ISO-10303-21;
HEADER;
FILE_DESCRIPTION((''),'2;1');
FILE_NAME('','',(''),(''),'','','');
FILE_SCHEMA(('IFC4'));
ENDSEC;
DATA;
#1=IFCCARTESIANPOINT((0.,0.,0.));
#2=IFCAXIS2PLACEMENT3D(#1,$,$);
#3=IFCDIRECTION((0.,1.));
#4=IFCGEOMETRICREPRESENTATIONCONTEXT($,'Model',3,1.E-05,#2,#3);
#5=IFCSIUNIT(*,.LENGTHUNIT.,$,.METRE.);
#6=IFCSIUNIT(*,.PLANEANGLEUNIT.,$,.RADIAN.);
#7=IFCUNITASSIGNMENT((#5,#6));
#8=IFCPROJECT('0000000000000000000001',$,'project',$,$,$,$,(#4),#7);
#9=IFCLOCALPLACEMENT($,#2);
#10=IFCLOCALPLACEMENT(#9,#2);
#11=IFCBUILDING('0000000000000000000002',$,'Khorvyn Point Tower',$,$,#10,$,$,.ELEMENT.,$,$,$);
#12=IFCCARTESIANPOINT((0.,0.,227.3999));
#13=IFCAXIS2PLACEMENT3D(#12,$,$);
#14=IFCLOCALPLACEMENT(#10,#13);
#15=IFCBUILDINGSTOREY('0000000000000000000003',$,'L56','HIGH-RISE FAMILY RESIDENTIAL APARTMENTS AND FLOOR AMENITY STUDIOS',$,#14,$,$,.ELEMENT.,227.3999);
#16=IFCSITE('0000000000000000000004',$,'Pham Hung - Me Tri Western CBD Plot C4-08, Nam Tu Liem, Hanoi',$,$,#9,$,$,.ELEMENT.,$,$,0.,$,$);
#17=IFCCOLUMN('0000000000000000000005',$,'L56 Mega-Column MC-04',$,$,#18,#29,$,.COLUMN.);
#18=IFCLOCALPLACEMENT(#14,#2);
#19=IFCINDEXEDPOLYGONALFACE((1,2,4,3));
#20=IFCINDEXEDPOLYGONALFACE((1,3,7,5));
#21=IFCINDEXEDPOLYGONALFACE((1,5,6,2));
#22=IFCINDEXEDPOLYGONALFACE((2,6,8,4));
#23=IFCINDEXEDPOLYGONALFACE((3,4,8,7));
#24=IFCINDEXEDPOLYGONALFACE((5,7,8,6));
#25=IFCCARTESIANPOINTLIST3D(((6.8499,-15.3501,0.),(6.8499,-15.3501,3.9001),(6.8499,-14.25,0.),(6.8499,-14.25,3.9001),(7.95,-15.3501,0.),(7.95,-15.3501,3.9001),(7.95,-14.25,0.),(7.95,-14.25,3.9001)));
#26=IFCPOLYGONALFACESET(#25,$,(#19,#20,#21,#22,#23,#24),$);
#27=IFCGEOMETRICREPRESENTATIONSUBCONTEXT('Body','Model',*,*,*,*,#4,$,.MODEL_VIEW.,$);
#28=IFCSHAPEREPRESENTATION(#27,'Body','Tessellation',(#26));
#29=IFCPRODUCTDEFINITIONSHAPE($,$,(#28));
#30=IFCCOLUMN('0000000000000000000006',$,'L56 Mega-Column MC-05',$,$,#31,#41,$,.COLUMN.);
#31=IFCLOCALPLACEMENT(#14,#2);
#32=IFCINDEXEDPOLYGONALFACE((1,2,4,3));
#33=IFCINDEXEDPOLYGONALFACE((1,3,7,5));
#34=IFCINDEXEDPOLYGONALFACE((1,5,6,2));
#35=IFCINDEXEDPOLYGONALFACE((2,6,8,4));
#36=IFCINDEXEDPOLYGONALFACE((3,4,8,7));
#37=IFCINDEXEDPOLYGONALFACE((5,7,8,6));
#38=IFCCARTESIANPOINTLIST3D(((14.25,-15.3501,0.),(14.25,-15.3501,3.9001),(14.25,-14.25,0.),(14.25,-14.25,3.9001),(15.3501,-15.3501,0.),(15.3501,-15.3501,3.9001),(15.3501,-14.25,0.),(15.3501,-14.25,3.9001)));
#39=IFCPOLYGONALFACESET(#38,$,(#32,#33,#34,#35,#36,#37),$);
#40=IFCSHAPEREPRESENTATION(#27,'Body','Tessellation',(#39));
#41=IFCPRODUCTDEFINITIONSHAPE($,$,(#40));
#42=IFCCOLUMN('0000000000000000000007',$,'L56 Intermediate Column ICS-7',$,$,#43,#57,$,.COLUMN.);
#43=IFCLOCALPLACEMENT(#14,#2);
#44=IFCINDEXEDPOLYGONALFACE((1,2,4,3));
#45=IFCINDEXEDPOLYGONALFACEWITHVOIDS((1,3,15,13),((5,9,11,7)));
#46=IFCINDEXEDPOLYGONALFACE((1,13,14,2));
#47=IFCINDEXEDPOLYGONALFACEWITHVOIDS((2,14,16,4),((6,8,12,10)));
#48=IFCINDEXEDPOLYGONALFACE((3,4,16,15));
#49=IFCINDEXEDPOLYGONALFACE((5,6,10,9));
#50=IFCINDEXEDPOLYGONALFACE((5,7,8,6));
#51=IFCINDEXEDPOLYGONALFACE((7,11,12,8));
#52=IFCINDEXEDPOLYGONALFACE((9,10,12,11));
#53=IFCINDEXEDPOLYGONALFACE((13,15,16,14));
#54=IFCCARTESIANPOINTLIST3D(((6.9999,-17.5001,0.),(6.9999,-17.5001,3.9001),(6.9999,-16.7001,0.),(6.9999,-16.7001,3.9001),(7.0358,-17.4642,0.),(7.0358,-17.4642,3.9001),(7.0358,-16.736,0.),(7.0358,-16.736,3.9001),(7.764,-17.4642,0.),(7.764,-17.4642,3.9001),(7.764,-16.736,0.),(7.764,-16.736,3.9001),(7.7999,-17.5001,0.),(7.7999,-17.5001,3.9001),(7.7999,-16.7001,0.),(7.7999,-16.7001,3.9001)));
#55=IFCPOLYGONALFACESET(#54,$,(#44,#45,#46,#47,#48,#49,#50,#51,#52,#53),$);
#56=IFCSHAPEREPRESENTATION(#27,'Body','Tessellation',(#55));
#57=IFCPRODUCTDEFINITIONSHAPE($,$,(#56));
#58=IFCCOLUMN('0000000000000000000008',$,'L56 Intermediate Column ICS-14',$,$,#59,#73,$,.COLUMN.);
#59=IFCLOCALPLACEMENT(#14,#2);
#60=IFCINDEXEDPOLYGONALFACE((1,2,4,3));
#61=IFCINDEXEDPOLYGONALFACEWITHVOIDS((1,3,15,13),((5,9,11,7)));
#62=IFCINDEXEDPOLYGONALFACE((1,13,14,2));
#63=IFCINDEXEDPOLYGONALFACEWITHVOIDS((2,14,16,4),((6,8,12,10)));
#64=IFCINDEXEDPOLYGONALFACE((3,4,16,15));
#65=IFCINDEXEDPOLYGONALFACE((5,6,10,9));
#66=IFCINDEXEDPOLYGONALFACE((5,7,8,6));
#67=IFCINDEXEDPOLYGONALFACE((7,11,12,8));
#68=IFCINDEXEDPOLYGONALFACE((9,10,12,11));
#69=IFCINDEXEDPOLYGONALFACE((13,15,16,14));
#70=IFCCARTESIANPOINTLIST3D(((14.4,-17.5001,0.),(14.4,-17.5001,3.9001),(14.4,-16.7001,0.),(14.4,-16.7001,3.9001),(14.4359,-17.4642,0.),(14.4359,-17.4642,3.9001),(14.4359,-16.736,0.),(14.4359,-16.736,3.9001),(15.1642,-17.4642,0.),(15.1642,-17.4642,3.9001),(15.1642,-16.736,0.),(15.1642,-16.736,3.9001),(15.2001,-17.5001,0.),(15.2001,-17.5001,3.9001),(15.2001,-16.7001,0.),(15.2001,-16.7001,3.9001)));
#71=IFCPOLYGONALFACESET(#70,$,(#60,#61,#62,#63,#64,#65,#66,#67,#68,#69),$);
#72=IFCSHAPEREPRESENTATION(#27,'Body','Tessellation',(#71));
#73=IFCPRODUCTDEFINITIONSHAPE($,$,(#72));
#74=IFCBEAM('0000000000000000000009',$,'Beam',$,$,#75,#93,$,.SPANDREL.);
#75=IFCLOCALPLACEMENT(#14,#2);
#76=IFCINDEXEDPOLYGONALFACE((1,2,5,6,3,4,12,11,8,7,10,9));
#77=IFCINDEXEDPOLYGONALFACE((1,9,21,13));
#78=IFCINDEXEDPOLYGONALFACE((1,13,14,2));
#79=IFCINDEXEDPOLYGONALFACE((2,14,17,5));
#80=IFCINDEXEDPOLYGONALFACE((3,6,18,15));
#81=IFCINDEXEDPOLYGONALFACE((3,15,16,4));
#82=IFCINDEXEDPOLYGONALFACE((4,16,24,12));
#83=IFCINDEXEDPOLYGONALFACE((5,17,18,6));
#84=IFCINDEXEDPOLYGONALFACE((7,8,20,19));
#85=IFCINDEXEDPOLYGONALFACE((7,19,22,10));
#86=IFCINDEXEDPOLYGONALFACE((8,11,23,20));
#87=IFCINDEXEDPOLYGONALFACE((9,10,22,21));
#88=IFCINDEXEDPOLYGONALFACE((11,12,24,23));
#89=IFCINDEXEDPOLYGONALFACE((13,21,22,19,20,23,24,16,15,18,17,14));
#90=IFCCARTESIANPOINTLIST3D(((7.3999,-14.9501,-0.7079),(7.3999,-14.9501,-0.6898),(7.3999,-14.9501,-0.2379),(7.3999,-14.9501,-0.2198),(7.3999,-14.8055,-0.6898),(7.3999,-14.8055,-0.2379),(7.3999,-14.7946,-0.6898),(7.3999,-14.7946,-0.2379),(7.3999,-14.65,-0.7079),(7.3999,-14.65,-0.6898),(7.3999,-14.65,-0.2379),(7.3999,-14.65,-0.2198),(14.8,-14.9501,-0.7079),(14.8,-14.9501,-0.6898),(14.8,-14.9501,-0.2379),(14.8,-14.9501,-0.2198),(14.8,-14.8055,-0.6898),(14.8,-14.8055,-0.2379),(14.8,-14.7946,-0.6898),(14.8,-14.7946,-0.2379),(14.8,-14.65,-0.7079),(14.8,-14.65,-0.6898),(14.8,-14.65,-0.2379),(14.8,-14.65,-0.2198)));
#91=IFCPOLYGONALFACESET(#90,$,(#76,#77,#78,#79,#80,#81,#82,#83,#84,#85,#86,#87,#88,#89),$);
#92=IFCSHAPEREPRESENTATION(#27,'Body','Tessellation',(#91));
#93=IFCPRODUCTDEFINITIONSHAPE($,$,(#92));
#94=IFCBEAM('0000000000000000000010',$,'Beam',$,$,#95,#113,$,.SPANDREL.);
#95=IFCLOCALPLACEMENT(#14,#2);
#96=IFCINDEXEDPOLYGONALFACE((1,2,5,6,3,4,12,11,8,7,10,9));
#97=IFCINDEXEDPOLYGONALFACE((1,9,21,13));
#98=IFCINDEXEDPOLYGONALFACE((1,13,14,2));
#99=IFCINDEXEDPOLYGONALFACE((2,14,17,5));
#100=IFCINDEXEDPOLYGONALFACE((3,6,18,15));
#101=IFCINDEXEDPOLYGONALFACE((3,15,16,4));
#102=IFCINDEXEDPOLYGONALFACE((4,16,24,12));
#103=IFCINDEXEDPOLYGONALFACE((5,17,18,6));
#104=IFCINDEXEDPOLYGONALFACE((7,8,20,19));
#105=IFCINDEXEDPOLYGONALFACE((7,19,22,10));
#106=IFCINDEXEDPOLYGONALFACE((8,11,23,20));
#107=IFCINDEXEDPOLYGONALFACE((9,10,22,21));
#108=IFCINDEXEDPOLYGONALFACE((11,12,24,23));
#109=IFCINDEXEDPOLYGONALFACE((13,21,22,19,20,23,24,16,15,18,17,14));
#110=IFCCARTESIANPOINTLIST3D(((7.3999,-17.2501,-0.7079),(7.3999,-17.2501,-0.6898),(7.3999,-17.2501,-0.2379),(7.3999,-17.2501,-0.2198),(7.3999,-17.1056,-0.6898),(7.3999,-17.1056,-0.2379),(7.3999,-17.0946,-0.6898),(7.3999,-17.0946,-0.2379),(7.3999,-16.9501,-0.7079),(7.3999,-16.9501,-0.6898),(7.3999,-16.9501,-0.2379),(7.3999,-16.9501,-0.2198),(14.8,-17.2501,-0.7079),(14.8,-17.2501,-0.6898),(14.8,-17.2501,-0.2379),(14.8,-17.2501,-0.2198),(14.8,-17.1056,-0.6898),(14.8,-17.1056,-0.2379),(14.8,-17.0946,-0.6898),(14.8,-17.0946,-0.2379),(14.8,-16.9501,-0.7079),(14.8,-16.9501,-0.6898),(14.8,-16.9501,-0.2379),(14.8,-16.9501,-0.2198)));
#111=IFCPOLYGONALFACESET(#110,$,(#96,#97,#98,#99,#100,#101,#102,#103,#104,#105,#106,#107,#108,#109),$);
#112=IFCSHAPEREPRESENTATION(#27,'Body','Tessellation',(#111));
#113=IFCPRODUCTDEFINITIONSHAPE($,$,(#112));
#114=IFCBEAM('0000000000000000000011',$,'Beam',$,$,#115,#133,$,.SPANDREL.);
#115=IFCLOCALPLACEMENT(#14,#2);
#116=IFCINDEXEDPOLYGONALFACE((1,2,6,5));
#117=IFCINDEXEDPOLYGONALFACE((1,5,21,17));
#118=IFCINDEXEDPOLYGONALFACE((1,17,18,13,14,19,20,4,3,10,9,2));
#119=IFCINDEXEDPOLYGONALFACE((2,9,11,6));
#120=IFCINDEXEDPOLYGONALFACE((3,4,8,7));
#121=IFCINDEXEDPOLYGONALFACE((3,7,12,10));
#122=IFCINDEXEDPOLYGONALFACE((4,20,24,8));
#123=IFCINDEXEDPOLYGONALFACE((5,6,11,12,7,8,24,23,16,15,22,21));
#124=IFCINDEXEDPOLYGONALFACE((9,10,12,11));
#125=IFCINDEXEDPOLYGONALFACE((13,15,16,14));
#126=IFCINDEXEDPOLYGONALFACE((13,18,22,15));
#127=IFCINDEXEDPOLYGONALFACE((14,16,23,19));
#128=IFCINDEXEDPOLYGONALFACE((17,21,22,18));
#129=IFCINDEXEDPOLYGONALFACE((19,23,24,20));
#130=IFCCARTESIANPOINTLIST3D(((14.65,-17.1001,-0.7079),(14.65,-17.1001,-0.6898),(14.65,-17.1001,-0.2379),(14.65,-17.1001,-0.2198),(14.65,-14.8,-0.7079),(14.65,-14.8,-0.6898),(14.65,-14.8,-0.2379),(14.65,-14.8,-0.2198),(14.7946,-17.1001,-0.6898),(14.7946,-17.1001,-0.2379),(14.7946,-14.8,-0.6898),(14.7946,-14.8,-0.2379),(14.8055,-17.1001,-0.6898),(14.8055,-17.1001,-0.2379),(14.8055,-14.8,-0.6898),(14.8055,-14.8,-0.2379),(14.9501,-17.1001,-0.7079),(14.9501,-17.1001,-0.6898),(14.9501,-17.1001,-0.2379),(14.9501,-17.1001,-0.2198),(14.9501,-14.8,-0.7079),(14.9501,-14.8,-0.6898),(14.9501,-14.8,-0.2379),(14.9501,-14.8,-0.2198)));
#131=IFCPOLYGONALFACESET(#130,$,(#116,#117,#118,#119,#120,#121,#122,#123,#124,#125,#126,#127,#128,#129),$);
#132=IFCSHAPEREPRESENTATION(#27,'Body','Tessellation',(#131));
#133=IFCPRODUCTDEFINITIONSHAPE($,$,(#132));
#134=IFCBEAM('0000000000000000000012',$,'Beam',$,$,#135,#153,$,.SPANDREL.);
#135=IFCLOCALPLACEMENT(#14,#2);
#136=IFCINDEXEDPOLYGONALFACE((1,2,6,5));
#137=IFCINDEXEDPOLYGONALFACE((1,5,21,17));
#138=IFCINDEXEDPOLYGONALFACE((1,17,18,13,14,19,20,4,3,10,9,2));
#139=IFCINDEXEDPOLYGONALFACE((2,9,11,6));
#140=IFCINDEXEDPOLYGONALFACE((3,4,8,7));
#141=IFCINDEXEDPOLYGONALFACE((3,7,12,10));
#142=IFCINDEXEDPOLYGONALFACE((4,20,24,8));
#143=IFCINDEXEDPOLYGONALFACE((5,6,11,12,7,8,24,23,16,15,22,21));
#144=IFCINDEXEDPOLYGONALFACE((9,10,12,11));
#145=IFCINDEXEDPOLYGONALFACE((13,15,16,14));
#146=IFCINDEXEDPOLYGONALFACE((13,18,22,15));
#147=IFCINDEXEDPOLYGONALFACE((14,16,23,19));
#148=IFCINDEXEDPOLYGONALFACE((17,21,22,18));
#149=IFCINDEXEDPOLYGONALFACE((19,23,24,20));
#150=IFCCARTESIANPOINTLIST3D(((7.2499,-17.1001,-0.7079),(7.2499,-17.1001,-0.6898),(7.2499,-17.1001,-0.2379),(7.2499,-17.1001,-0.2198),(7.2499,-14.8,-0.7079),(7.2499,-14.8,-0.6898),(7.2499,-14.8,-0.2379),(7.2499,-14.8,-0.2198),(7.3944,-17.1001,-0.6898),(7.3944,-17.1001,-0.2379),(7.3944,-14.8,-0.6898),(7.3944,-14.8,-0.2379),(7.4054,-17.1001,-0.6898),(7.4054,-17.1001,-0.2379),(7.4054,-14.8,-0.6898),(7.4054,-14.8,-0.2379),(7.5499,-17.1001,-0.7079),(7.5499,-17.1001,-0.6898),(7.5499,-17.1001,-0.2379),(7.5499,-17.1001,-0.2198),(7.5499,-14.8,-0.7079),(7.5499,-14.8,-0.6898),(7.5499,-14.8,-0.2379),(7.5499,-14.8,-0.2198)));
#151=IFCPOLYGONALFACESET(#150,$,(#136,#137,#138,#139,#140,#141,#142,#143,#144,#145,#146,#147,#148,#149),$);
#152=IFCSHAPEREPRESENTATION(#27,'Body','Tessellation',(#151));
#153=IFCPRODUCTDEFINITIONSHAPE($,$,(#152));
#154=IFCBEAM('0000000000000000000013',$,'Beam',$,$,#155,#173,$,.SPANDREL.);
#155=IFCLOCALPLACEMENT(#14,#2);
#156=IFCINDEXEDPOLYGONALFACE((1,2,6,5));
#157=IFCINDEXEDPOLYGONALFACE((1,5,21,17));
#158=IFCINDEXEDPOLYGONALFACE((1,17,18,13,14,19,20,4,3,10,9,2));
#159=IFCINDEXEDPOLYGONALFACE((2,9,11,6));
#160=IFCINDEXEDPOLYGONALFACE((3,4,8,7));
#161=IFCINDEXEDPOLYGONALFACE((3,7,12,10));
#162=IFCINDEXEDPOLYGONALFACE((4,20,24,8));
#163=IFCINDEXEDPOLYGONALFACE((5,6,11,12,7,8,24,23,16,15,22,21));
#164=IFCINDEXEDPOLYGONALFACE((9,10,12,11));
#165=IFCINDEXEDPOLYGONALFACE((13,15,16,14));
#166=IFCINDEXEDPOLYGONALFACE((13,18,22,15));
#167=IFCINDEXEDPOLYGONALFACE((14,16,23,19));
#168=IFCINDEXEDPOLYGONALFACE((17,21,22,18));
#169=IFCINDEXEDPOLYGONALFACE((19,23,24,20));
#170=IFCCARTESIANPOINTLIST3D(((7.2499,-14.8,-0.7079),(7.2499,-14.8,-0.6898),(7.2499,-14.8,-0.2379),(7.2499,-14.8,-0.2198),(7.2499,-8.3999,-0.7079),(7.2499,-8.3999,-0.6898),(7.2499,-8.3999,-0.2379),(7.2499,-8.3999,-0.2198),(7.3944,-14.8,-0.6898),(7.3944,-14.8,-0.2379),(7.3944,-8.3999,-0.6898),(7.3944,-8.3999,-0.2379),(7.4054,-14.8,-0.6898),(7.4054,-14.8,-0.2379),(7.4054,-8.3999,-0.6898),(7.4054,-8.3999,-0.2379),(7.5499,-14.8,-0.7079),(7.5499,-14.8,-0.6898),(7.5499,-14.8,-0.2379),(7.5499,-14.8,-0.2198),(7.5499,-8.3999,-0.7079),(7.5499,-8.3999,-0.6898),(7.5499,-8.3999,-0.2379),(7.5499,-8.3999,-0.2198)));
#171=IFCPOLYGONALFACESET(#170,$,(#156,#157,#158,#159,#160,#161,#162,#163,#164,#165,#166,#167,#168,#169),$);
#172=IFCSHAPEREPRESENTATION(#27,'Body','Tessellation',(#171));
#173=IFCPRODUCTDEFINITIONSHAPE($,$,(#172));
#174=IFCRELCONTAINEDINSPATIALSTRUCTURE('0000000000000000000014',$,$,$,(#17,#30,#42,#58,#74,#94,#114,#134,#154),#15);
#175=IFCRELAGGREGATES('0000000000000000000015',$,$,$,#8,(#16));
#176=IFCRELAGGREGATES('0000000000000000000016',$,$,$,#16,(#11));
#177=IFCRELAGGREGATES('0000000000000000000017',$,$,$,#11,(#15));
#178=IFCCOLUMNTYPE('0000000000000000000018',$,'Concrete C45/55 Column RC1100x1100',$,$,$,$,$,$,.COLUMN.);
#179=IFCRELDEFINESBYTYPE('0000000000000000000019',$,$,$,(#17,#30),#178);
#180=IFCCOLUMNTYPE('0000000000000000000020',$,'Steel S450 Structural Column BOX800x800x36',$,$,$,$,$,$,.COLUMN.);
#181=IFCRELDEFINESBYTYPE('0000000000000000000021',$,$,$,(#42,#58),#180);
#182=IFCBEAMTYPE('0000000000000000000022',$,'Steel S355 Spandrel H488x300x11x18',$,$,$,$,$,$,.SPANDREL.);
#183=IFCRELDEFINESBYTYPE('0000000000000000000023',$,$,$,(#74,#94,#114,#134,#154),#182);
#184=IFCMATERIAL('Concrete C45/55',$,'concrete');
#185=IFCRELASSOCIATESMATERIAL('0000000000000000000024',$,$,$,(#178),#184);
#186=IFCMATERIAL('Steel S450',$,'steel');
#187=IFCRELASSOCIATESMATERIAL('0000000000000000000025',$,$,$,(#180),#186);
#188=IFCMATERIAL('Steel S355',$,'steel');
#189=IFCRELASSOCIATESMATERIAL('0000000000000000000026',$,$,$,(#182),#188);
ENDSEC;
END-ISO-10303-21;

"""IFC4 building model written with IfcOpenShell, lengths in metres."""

from ifc_helpers import new_model, si_unit, direction, frame, origin, origin_2d, place, context, subcontext, project, spatial, rectangle, hollow_rectangle, i_section, extrude, material, material_profile, profile_set, type_object, element, save


model = new_model("IFC4")

# Units and contexts
model_context = context("Model", 3, precision=1e-05, world=origin(), true_north=direction((0.0, 1.0)))
body_context = subcontext(model_context, "Body", "Model", "MODEL_VIEW")
ifc_project = project(units=[si_unit("LENGTHUNIT", "METRE"), si_unit("PLANEANGLEUNIT", "RADIAN")], contexts=[model_context])

# Site, building, storey
site_placement = place(None, origin())
site = spatial("IfcSite", under=ifc_project, at=site_placement, Name="Pham Hung - Me Tri Western CBD Plot C4-08, Nam Tu Liem, Hanoi", CompositionType="ELEMENT", RefElevation=0.0)
building_placement = place(site_placement, origin())
building = spatial("IfcBuilding", under=site, at=building_placement, Name="Khorvyn Point Tower", CompositionType="ELEMENT")
storey_placement = place(building_placement, frame((0.0, 0.0, 227.3999)))
storey = spatial("IfcBuildingStorey", under=building, at=storey_placement, Name="L56", Description="HIGH-RISE FAMILY RESIDENTIAL APARTMENTS AND FLOOR AMENITY STUDIOS", CompositionType="ELEMENT", Elevation=227.3999)

# Columns
ifc_material_1 = material(Name="Concrete C45/55", Category="concrete")
ifc_material_profile_1 = material_profile(ifc_material_1, rectangle(XDim=1.1001, YDim=1.1001, at=origin_2d()))
ifc_profile_set_1 = profile_set([ifc_material_profile_1], Name="Concrete C45/55 RC1100x1100")
column_type_1 = type_object("IfcColumnType", Name="Concrete C45/55 Column RC1100x1100", PredefinedType="COLUMN", material=ifc_profile_set_1)
for number, where, z_axis, x_axis, name in (
    (1, (7.3999, -14.8, 0.0), (0.0, 0.0, 1.0), (1.0, 0.0, 0.0), "L56 Mega-Column MC-04"),
    (2, (14.8, -14.8, 0.0), (0.0, 0.0, 1.0), (1.0, 0.0, 0.0), "L56 Mega-Column MC-05"),
):
    element("IfcColumn", number, at=place(storey_placement, frame(where, z_axis=z_axis, x_axis=x_axis)), inside=storey, type_object=column_type_1, Name=name, PredefinedType="COLUMN", context=body_context, shape_type="SweptSolid", body=[
        extrude(rectangle(XDim=1.1001, YDim=1.1001, at=origin_2d()), origin(), (0.0, 0.0, 1.0), 3.9001),
    ])
ifc_material_2 = material(Name="Steel S450", Category="steel")
ifc_material_profile_2 = material_profile(ifc_material_2, hollow_rectangle(XDim=0.8, YDim=0.8, WallThickness=0.0359, at=origin_2d()))
ifc_profile_set_2 = profile_set([ifc_material_profile_2], Name="Steel S450 BOX800x800x36")
column_type_2 = type_object("IfcColumnType", Name="Steel S450 Structural Column BOX800x800x36", PredefinedType="COLUMN", material=ifc_profile_set_2)
for number, where, z_axis, x_axis, name in (
    (3, (7.3999, -17.1001, 0.0), (0.0, 0.0, 1.0), (1.0, 0.0, 0.0), "L56 Intermediate Column ICS-7"),
    (4, (14.8, -17.1001, 0.0), (0.0, 0.0, 1.0), (1.0, 0.0, 0.0), "L56 Intermediate Column ICS-14"),
):
    element("IfcColumn", number, at=place(storey_placement, frame(where, z_axis=z_axis, x_axis=x_axis)), inside=storey, type_object=column_type_2, Name=name, PredefinedType="COLUMN", context=body_context, shape_type="SweptSolid", body=[
        extrude(hollow_rectangle(XDim=0.8, YDim=0.8, WallThickness=0.0359, at=origin_2d()), origin(), (0.0, 0.0, 1.0), 3.9001),
    ])

# Beams
ifc_material_3 = material(Name="Steel S355", Category="steel")
ifc_material_profile_3 = material_profile(ifc_material_3, i_section(OverallWidth=0.3, OverallDepth=0.488, WebThickness=0.011, FlangeThickness=0.0181, at=origin_2d()))
ifc_profile_set_3 = profile_set([ifc_material_profile_3], Name="Steel S355 H488x300x11x18")
beam_type = type_object("IfcBeamType", Name="Steel S355 Spandrel H488x300x11x18", PredefinedType="SPANDREL", material=ifc_profile_set_3)
for number, where, z_axis, x_axis, name in (
    (5, (7.3999, -14.8, -0.4639), (1.0, 0.0, 0.0), (0.0, 1.0, 0.0), "Beam"),
    (6, (7.3999, -17.1001, -0.4639), (1.0, 0.0, 0.0), (0.0, 1.0, 0.0), "Beam"),
):
    element("IfcBeam", number, at=place(storey_placement, frame(where, z_axis=z_axis, x_axis=x_axis)), inside=storey, type_object=beam_type, Name=name, PredefinedType="SPANDREL", context=body_context, shape_type="SweptSolid", body=[
        extrude(i_section(OverallWidth=0.3, OverallDepth=0.488, WebThickness=0.011, FlangeThickness=0.0181, at=origin_2d()), origin(), (0.0, 0.0, 1.0), 7.4001),
    ])
for number, where, z_axis, x_axis, name in (
    (7, (14.8, -17.1001, -0.4639), (0.0, 1.0, 0.0), (-1.0, 0.0, 0.0), "Beam"),
    (8, (7.3999, -17.1001, -0.4639), (0.0, 1.0, 0.0), (-1.0, 0.0, 0.0), "Beam"),
):
    element("IfcBeam", number, at=place(storey_placement, frame(where, z_axis=z_axis, x_axis=x_axis)), inside=storey, type_object=beam_type, Name=name, PredefinedType="SPANDREL", context=body_context, shape_type="SweptSolid", body=[
        extrude(i_section(OverallWidth=0.3, OverallDepth=0.488, WebThickness=0.011, FlangeThickness=0.0181, at=origin_2d()), origin(), (0.0, 0.0, 1.0), 2.3),
    ])
beam_placement = place(storey_placement, frame((7.3999, -14.8, -0.4639), z_axis=(0.0, 1.0, 0.0), x_axis=(-1.0, 0.0, 0.0)))
element("IfcBeam", 9, at=beam_placement, inside=storey, type_object=beam_type, Name="Beam", PredefinedType="SPANDREL", context=body_context, shape_type="SweptSolid", body=[
    extrude(i_section(OverallWidth=0.3, OverallDepth=0.488, WebThickness=0.011, FlangeThickness=0.0181, at=origin_2d()), origin(), (0.0, 0.0, 1.0), 6.4001),
])

save(model, "model.ifc")
